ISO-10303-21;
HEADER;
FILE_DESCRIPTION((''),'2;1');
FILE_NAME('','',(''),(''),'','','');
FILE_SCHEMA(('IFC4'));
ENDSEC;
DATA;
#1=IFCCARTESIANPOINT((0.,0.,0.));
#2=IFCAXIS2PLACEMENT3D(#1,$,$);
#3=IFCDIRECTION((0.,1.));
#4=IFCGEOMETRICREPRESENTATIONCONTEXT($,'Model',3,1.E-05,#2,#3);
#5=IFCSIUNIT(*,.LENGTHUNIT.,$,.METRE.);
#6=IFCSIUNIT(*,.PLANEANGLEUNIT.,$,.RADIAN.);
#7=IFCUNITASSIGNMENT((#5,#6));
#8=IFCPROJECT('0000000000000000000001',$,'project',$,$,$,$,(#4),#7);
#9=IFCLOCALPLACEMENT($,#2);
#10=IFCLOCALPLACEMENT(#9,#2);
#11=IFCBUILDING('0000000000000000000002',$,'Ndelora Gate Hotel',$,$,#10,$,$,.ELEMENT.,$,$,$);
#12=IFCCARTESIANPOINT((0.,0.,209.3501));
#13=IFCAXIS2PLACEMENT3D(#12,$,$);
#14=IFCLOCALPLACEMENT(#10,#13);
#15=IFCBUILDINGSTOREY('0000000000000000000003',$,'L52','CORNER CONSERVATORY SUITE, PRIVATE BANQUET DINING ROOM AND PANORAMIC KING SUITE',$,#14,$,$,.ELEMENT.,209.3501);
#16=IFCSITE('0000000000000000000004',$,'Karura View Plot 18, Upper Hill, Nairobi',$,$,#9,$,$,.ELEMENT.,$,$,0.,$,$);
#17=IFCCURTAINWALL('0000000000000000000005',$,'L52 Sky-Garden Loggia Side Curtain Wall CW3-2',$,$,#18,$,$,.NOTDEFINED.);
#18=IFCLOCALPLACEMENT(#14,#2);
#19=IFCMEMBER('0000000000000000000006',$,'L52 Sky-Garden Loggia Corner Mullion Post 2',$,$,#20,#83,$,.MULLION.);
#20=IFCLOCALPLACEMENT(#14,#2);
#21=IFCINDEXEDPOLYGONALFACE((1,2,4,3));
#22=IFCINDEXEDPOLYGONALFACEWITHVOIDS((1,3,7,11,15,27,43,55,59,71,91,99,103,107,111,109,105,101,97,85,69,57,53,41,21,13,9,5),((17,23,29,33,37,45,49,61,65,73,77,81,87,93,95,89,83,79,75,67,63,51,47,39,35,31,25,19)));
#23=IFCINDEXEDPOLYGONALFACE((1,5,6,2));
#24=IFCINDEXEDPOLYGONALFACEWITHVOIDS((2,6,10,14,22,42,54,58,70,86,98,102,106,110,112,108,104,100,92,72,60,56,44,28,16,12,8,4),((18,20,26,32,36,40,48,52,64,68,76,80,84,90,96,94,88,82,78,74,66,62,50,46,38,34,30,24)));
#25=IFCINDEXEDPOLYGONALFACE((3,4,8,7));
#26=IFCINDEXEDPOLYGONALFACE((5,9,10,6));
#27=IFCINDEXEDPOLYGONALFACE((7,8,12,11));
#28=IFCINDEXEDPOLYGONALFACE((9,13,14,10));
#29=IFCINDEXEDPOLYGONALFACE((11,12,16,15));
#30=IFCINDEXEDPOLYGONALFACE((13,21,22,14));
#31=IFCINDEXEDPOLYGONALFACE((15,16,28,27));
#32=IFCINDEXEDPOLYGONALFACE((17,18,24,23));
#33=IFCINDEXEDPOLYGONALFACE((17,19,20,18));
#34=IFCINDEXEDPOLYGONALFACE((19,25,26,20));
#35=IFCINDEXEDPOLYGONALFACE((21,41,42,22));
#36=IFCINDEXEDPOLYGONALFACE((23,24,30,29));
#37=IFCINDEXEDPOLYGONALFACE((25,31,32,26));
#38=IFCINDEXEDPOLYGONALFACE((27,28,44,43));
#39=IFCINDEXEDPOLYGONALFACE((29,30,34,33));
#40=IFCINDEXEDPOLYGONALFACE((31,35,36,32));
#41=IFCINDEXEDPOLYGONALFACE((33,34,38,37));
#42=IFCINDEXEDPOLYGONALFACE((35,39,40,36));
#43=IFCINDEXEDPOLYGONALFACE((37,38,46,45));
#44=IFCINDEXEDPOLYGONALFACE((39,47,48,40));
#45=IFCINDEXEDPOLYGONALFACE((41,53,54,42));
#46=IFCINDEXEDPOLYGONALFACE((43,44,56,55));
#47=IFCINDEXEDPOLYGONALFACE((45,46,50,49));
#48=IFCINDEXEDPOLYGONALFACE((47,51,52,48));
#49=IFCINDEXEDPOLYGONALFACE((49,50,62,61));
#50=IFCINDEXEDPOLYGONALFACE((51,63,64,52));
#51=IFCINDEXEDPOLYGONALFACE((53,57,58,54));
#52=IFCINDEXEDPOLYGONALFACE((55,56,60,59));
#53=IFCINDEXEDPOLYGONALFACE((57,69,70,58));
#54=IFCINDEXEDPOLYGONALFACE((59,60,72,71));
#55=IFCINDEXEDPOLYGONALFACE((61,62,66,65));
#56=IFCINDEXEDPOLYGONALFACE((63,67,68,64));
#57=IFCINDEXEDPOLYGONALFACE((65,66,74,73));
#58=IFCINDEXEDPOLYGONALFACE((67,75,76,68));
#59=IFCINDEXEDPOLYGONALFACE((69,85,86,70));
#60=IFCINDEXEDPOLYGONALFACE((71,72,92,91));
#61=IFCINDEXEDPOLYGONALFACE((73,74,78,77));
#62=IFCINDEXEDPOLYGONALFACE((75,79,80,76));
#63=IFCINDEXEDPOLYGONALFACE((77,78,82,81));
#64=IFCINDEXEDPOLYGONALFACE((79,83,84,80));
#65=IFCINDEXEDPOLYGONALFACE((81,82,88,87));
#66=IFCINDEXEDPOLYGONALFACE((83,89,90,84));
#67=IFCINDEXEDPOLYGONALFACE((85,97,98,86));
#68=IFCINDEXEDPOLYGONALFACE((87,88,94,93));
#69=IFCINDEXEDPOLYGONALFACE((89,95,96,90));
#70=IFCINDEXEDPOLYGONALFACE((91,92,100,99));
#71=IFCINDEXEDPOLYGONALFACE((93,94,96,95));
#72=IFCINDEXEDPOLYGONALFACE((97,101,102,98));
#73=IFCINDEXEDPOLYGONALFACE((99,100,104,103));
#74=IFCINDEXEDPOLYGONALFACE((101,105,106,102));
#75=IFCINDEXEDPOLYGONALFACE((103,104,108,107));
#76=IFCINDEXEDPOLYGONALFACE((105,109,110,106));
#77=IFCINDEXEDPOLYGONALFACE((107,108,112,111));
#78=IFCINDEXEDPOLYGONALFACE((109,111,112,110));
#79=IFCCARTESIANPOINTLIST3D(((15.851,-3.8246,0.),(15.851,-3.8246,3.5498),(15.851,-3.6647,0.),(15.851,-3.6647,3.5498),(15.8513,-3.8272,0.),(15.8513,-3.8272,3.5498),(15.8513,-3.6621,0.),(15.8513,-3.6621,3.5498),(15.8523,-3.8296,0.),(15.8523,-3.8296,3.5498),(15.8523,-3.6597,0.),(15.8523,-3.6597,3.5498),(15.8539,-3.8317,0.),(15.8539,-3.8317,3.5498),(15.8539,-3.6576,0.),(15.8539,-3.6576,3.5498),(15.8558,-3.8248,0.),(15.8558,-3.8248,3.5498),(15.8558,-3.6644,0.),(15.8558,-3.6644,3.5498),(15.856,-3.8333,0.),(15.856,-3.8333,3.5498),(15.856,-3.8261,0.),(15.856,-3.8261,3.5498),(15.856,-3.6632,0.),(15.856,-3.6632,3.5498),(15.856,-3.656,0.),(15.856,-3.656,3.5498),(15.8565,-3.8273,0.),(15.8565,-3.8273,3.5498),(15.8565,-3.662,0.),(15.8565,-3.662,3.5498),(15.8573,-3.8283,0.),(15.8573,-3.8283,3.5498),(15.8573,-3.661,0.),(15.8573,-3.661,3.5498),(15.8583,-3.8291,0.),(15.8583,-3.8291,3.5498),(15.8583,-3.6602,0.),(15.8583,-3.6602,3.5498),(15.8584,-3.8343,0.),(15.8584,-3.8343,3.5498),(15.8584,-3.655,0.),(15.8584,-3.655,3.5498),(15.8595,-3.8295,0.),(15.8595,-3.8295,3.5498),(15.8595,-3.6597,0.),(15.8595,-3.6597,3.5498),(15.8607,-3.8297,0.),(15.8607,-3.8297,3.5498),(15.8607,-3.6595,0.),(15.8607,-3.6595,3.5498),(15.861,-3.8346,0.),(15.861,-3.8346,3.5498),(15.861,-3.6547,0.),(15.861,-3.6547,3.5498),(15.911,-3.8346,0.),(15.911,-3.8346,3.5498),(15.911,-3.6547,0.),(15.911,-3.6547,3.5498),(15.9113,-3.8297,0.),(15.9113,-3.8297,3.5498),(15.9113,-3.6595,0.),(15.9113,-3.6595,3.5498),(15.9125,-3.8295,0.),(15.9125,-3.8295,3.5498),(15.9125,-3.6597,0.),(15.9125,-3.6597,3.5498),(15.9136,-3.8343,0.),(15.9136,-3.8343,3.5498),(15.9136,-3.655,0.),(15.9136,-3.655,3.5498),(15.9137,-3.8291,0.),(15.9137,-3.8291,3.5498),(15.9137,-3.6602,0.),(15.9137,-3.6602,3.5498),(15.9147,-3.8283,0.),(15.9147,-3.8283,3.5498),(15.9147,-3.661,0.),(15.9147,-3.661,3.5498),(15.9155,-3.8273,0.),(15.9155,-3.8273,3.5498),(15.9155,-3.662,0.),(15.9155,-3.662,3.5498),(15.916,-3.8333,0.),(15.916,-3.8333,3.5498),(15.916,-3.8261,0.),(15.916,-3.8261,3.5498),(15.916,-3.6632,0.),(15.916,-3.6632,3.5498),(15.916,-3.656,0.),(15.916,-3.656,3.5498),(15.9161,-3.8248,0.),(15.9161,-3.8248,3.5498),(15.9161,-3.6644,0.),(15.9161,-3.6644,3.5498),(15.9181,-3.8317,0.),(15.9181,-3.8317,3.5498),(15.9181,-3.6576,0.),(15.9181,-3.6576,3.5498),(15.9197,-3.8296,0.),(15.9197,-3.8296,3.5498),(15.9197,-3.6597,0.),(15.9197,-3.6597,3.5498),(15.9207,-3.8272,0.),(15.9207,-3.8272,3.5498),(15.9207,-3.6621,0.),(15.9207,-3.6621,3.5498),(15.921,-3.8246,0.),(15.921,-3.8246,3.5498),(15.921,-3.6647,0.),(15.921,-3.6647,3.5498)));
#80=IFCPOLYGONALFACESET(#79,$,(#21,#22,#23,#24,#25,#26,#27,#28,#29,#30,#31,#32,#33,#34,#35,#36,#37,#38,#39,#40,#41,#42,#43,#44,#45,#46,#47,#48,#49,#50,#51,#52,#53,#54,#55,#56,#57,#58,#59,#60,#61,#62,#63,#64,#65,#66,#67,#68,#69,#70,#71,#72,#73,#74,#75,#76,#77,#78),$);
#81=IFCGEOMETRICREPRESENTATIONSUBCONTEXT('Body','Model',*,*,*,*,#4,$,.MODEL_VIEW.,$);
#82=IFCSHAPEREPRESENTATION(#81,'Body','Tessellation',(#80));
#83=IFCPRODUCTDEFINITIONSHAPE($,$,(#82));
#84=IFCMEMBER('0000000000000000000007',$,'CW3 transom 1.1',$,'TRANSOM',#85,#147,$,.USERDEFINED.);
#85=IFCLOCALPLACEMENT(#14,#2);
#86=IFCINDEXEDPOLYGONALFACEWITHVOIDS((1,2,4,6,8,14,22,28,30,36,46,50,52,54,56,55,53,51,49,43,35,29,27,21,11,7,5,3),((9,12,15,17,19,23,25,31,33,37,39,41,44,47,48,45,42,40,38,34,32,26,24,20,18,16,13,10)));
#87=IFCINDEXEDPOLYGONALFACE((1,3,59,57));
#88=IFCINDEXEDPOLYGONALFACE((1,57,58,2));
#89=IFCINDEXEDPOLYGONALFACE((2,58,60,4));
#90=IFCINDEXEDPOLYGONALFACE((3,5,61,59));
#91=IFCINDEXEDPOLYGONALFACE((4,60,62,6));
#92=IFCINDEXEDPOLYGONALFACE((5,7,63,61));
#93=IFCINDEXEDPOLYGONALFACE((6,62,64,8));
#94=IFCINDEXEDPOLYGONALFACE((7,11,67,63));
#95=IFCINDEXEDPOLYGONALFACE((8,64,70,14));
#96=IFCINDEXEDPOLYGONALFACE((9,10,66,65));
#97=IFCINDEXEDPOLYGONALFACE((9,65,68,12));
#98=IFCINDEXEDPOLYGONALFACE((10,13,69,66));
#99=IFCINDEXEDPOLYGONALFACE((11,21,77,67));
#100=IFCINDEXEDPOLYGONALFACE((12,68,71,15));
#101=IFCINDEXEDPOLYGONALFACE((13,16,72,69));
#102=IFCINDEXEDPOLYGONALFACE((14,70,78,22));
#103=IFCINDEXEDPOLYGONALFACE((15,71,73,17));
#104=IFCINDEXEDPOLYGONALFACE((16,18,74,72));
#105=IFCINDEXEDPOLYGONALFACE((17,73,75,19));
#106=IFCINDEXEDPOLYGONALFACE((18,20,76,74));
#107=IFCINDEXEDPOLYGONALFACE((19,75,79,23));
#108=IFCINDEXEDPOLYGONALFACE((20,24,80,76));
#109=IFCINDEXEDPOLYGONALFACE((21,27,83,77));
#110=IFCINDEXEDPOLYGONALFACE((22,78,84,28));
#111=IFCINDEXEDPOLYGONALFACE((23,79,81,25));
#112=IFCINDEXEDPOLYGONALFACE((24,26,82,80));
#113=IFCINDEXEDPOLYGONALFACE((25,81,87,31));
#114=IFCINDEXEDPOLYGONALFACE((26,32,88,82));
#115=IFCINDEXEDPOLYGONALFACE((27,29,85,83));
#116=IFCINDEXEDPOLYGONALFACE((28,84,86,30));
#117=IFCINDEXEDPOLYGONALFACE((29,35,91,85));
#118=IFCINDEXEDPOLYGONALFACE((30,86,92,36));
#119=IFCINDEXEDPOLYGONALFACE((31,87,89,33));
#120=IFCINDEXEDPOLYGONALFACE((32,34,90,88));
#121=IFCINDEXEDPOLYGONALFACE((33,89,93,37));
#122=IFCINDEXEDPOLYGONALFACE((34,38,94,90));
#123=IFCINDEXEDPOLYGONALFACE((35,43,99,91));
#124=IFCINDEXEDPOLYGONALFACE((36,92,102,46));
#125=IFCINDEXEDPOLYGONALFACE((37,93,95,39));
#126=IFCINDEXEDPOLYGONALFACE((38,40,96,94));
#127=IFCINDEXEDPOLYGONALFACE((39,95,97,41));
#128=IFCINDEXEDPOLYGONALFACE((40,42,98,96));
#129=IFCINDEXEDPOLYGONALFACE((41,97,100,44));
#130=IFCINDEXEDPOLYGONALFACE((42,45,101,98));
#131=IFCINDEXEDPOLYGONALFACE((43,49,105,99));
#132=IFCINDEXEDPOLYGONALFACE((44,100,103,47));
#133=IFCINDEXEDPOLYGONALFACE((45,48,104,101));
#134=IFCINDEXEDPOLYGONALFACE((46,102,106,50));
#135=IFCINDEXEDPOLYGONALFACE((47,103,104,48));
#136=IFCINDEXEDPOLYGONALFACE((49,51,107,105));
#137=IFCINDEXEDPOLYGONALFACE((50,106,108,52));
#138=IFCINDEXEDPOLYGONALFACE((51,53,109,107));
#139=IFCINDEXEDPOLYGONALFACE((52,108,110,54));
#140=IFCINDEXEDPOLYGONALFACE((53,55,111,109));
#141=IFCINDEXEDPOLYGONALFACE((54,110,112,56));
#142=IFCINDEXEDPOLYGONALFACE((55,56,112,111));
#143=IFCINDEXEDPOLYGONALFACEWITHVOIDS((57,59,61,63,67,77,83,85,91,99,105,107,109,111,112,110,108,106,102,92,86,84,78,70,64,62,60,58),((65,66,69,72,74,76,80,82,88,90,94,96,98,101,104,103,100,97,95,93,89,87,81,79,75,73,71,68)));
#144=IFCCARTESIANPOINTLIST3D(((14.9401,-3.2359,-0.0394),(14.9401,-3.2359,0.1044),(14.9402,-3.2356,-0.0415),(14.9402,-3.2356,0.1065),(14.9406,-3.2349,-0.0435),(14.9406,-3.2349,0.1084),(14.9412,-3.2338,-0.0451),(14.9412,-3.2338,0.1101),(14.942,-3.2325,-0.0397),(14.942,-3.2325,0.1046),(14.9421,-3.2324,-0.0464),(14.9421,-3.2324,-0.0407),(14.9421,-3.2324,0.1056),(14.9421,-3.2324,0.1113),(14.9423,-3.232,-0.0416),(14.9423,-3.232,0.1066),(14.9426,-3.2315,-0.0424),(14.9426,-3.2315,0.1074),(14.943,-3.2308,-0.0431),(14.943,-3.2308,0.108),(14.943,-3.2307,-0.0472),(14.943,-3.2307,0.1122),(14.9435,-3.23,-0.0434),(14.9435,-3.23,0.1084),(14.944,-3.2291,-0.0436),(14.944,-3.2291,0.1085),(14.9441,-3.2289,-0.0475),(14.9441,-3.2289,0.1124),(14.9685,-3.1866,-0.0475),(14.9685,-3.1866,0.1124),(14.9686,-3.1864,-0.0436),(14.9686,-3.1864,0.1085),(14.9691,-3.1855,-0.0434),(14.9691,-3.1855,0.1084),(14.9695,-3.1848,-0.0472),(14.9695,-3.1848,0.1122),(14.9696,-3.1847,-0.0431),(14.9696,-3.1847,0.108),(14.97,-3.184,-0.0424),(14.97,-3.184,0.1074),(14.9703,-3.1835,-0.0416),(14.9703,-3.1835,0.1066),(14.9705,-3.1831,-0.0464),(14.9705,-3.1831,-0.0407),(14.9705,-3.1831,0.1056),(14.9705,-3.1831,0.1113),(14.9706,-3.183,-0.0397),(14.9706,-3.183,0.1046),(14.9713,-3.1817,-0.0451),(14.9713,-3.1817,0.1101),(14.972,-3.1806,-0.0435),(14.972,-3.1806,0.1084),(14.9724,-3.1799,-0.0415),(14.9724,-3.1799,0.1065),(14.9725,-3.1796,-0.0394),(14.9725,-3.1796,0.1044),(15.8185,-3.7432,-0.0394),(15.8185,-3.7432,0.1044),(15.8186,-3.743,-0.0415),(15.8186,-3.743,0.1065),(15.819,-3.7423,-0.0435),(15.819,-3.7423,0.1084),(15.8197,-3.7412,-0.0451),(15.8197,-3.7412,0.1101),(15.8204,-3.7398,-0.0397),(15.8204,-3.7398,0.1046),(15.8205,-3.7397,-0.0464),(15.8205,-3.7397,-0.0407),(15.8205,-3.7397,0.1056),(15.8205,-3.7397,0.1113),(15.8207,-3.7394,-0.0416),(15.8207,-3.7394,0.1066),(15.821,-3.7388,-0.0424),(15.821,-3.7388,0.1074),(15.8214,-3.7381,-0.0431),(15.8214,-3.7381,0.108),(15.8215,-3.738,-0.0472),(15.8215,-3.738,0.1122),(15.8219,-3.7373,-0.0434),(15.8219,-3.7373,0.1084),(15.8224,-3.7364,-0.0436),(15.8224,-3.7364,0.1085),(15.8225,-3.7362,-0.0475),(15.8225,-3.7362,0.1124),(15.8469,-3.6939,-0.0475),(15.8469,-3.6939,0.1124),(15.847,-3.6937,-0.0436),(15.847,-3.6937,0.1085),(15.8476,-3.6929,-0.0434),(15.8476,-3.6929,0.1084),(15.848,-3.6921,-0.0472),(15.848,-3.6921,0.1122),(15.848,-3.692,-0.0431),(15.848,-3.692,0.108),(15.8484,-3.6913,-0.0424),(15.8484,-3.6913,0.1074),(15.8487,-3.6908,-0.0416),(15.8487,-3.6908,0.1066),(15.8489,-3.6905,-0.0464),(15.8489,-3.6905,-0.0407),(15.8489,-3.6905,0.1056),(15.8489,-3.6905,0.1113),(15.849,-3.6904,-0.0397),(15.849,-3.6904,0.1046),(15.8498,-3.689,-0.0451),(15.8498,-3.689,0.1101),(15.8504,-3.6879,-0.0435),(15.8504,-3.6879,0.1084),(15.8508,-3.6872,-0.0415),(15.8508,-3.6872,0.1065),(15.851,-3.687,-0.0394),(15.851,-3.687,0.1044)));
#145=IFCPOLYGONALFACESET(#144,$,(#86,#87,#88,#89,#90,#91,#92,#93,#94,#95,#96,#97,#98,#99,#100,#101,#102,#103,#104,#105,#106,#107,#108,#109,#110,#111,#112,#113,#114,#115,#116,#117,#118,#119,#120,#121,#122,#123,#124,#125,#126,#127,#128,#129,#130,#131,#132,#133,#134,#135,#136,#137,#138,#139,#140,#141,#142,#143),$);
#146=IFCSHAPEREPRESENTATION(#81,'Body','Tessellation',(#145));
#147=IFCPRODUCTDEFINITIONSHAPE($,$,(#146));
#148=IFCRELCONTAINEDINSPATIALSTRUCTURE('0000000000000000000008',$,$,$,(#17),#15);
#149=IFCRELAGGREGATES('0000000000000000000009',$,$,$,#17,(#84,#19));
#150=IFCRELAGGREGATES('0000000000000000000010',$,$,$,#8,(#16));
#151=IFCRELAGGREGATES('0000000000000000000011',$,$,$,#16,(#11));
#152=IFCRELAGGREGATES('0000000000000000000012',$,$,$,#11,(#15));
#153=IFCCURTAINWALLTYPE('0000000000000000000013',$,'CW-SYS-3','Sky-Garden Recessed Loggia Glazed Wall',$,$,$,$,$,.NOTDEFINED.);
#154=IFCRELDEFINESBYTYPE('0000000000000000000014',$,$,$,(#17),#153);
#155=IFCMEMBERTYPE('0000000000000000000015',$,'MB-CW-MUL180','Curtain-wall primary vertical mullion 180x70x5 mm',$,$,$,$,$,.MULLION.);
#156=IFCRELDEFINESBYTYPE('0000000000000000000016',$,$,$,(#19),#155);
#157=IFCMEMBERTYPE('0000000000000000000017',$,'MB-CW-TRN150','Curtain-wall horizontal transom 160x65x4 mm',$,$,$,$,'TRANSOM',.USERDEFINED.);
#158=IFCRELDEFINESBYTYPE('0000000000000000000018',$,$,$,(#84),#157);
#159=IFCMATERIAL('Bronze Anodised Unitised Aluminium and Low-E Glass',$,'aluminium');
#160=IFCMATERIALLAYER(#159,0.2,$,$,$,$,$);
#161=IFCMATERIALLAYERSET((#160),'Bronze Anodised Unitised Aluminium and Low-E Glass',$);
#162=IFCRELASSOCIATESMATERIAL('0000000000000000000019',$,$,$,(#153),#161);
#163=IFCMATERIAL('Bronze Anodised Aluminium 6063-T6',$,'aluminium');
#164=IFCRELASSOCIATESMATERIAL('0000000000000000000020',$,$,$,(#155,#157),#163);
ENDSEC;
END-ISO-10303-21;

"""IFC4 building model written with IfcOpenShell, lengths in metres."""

from ifc_helpers import new_model, si_unit, direction, frame, origin, origin_2d, place, context, subcontext, project, spatial, hollow_rectangle, extrude, material, layer, layer_set, material_profile, profile_set, type_object, element, aggregate, save


model = new_model("IFC4")

# Units and contexts
model_context = context("Model", 3, precision=1e-05, world=origin(), true_north=direction((0.0, 1.0)))
body_context = subcontext(model_context, "Body", "Model", "MODEL_VIEW")
ifc_project = project(units=[si_unit("LENGTHUNIT", "METRE"), si_unit("PLANEANGLEUNIT", "RADIAN")], contexts=[model_context])

# Site, building, storey
site_placement = place(None, origin())
site = spatial("IfcSite", under=ifc_project, at=site_placement, Name="Karura View Plot 18, Upper Hill, Nairobi", CompositionType="ELEMENT", RefElevation=0.0)
building_placement = place(site_placement, origin())
building = spatial("IfcBuilding", under=site, at=building_placement, Name="Ndelora Gate Hotel", CompositionType="ELEMENT")
storey_placement = place(building_placement, frame((0.0, 0.0, 209.3501)))
storey = spatial("IfcBuildingStorey", under=building, at=storey_placement, Name="L52", Description="CORNER CONSERVATORY SUITE, PRIVATE BANQUET DINING ROOM AND PANORAMIC KING SUITE", CompositionType="ELEMENT", Elevation=209.3501)

# Curtain wall, members
ifc_material_1 = material(Name="Bronze Anodised Unitised Aluminium and Low-E Glass", Category="aluminium")
ifc_layer_1 = layer(ifc_material_1, 0.2)
ifc_layer_set_1 = layer_set([ifc_layer_1], Name="Bronze Anodised Unitised Aluminium and Low-E Glass")
curtain_wall_type = type_object("IfcCurtainWallType", Name="CW-SYS-3", Description="Sky-Garden Recessed Loggia Glazed Wall", PredefinedType="NOTDEFINED", material=ifc_layer_set_1)
curtain_wall_placement = place(storey_placement, origin())
curtain_wall = element("IfcCurtainWall", 1, at=curtain_wall_placement, inside=storey, type_object=curtain_wall_type, Name="L52 Sky-Garden Loggia Side Curtain Wall CW3-2", PredefinedType="NOTDEFINED")
ifc_material_2 = material(Name="Bronze Anodised Aluminium 6063-T6", Category="aluminium")
ifc_material_profile_1 = material_profile(ifc_material_2, hollow_rectangle(XDim=0.0701, YDim=0.1799, WallThickness=0.0049, InnerFilletRadius=0.0049, OuterFilletRadius=0.01, at=origin_2d()), Name="ALU 180x70x5")
ifc_profile_set_1 = profile_set([ifc_material_profile_1], Name="Bronze Anodised Aluminium 6063-T6")
member_type_1 = type_object("IfcMemberType", Name="MB-CW-MUL180", Description="Curtain-wall primary vertical mullion 180x70x5 mm", PredefinedType="MULLION", material=ifc_profile_set_1)
member_1_placement = place(storey_placement, frame((15.886, -3.7446, 0.0), z_axis=(0.0, 0.0, 1.0), x_axis=(1.0, 0.0, 0.0)))
member_1 = element("IfcMember", 2, at=member_1_placement, type_object=member_type_1, Name="L52 Sky-Garden Loggia Corner Mullion Post 2", PredefinedType="MULLION", context=body_context, shape_type="SweptSolid", body=[
    extrude(hollow_rectangle(XDim=0.0701, YDim=0.1799, WallThickness=0.0049, InnerFilletRadius=0.0049, OuterFilletRadius=0.01, at=origin_2d()), origin(), (0.0, 0.0, 1.0), 3.5498),
])
ifc_material_profile_2 = material_profile(ifc_material_2, hollow_rectangle(XDim=0.0649, YDim=0.1599, WallThickness=0.0039, InnerFilletRadius=0.0039, OuterFilletRadius=0.0081, at=origin_2d()), Name="ALU 160x65x4")
ifc_profile_set_2 = profile_set([ifc_material_profile_2], Name="Bronze Anodised Aluminium 6063-T6")
member_type_2 = type_object("IfcMemberType", Name="MB-CW-TRN150", Description="Curtain-wall horizontal transom 160x65x4 mm", ElementType="TRANSOM", PredefinedType="USERDEFINED", material=ifc_profile_set_2)
member_2_placement = place(storey_placement, frame((15.8347, -3.7151, 0.0325), z_axis=(-0.865953, 0.500125, 0.0), x_axis=(-0.500125, -0.865953, 0.0)))
member_2 = element("IfcMember", 3, at=member_2_placement, type_object=member_type_2, Name="CW3 transom 1.1", ObjectType="TRANSOM", PredefinedType="USERDEFINED", context=body_context, shape_type="SweptSolid", body=[
    extrude(hollow_rectangle(XDim=0.0649, YDim=0.1599, WallThickness=0.0039, InnerFilletRadius=0.0039, OuterFilletRadius=0.0081, at=origin_2d()), origin(), (0.0, 0.0, 1.0), 1.0144),
])
aggregate(curtain_wall, [member_2, member_1])

save(model, "model.ifc")
